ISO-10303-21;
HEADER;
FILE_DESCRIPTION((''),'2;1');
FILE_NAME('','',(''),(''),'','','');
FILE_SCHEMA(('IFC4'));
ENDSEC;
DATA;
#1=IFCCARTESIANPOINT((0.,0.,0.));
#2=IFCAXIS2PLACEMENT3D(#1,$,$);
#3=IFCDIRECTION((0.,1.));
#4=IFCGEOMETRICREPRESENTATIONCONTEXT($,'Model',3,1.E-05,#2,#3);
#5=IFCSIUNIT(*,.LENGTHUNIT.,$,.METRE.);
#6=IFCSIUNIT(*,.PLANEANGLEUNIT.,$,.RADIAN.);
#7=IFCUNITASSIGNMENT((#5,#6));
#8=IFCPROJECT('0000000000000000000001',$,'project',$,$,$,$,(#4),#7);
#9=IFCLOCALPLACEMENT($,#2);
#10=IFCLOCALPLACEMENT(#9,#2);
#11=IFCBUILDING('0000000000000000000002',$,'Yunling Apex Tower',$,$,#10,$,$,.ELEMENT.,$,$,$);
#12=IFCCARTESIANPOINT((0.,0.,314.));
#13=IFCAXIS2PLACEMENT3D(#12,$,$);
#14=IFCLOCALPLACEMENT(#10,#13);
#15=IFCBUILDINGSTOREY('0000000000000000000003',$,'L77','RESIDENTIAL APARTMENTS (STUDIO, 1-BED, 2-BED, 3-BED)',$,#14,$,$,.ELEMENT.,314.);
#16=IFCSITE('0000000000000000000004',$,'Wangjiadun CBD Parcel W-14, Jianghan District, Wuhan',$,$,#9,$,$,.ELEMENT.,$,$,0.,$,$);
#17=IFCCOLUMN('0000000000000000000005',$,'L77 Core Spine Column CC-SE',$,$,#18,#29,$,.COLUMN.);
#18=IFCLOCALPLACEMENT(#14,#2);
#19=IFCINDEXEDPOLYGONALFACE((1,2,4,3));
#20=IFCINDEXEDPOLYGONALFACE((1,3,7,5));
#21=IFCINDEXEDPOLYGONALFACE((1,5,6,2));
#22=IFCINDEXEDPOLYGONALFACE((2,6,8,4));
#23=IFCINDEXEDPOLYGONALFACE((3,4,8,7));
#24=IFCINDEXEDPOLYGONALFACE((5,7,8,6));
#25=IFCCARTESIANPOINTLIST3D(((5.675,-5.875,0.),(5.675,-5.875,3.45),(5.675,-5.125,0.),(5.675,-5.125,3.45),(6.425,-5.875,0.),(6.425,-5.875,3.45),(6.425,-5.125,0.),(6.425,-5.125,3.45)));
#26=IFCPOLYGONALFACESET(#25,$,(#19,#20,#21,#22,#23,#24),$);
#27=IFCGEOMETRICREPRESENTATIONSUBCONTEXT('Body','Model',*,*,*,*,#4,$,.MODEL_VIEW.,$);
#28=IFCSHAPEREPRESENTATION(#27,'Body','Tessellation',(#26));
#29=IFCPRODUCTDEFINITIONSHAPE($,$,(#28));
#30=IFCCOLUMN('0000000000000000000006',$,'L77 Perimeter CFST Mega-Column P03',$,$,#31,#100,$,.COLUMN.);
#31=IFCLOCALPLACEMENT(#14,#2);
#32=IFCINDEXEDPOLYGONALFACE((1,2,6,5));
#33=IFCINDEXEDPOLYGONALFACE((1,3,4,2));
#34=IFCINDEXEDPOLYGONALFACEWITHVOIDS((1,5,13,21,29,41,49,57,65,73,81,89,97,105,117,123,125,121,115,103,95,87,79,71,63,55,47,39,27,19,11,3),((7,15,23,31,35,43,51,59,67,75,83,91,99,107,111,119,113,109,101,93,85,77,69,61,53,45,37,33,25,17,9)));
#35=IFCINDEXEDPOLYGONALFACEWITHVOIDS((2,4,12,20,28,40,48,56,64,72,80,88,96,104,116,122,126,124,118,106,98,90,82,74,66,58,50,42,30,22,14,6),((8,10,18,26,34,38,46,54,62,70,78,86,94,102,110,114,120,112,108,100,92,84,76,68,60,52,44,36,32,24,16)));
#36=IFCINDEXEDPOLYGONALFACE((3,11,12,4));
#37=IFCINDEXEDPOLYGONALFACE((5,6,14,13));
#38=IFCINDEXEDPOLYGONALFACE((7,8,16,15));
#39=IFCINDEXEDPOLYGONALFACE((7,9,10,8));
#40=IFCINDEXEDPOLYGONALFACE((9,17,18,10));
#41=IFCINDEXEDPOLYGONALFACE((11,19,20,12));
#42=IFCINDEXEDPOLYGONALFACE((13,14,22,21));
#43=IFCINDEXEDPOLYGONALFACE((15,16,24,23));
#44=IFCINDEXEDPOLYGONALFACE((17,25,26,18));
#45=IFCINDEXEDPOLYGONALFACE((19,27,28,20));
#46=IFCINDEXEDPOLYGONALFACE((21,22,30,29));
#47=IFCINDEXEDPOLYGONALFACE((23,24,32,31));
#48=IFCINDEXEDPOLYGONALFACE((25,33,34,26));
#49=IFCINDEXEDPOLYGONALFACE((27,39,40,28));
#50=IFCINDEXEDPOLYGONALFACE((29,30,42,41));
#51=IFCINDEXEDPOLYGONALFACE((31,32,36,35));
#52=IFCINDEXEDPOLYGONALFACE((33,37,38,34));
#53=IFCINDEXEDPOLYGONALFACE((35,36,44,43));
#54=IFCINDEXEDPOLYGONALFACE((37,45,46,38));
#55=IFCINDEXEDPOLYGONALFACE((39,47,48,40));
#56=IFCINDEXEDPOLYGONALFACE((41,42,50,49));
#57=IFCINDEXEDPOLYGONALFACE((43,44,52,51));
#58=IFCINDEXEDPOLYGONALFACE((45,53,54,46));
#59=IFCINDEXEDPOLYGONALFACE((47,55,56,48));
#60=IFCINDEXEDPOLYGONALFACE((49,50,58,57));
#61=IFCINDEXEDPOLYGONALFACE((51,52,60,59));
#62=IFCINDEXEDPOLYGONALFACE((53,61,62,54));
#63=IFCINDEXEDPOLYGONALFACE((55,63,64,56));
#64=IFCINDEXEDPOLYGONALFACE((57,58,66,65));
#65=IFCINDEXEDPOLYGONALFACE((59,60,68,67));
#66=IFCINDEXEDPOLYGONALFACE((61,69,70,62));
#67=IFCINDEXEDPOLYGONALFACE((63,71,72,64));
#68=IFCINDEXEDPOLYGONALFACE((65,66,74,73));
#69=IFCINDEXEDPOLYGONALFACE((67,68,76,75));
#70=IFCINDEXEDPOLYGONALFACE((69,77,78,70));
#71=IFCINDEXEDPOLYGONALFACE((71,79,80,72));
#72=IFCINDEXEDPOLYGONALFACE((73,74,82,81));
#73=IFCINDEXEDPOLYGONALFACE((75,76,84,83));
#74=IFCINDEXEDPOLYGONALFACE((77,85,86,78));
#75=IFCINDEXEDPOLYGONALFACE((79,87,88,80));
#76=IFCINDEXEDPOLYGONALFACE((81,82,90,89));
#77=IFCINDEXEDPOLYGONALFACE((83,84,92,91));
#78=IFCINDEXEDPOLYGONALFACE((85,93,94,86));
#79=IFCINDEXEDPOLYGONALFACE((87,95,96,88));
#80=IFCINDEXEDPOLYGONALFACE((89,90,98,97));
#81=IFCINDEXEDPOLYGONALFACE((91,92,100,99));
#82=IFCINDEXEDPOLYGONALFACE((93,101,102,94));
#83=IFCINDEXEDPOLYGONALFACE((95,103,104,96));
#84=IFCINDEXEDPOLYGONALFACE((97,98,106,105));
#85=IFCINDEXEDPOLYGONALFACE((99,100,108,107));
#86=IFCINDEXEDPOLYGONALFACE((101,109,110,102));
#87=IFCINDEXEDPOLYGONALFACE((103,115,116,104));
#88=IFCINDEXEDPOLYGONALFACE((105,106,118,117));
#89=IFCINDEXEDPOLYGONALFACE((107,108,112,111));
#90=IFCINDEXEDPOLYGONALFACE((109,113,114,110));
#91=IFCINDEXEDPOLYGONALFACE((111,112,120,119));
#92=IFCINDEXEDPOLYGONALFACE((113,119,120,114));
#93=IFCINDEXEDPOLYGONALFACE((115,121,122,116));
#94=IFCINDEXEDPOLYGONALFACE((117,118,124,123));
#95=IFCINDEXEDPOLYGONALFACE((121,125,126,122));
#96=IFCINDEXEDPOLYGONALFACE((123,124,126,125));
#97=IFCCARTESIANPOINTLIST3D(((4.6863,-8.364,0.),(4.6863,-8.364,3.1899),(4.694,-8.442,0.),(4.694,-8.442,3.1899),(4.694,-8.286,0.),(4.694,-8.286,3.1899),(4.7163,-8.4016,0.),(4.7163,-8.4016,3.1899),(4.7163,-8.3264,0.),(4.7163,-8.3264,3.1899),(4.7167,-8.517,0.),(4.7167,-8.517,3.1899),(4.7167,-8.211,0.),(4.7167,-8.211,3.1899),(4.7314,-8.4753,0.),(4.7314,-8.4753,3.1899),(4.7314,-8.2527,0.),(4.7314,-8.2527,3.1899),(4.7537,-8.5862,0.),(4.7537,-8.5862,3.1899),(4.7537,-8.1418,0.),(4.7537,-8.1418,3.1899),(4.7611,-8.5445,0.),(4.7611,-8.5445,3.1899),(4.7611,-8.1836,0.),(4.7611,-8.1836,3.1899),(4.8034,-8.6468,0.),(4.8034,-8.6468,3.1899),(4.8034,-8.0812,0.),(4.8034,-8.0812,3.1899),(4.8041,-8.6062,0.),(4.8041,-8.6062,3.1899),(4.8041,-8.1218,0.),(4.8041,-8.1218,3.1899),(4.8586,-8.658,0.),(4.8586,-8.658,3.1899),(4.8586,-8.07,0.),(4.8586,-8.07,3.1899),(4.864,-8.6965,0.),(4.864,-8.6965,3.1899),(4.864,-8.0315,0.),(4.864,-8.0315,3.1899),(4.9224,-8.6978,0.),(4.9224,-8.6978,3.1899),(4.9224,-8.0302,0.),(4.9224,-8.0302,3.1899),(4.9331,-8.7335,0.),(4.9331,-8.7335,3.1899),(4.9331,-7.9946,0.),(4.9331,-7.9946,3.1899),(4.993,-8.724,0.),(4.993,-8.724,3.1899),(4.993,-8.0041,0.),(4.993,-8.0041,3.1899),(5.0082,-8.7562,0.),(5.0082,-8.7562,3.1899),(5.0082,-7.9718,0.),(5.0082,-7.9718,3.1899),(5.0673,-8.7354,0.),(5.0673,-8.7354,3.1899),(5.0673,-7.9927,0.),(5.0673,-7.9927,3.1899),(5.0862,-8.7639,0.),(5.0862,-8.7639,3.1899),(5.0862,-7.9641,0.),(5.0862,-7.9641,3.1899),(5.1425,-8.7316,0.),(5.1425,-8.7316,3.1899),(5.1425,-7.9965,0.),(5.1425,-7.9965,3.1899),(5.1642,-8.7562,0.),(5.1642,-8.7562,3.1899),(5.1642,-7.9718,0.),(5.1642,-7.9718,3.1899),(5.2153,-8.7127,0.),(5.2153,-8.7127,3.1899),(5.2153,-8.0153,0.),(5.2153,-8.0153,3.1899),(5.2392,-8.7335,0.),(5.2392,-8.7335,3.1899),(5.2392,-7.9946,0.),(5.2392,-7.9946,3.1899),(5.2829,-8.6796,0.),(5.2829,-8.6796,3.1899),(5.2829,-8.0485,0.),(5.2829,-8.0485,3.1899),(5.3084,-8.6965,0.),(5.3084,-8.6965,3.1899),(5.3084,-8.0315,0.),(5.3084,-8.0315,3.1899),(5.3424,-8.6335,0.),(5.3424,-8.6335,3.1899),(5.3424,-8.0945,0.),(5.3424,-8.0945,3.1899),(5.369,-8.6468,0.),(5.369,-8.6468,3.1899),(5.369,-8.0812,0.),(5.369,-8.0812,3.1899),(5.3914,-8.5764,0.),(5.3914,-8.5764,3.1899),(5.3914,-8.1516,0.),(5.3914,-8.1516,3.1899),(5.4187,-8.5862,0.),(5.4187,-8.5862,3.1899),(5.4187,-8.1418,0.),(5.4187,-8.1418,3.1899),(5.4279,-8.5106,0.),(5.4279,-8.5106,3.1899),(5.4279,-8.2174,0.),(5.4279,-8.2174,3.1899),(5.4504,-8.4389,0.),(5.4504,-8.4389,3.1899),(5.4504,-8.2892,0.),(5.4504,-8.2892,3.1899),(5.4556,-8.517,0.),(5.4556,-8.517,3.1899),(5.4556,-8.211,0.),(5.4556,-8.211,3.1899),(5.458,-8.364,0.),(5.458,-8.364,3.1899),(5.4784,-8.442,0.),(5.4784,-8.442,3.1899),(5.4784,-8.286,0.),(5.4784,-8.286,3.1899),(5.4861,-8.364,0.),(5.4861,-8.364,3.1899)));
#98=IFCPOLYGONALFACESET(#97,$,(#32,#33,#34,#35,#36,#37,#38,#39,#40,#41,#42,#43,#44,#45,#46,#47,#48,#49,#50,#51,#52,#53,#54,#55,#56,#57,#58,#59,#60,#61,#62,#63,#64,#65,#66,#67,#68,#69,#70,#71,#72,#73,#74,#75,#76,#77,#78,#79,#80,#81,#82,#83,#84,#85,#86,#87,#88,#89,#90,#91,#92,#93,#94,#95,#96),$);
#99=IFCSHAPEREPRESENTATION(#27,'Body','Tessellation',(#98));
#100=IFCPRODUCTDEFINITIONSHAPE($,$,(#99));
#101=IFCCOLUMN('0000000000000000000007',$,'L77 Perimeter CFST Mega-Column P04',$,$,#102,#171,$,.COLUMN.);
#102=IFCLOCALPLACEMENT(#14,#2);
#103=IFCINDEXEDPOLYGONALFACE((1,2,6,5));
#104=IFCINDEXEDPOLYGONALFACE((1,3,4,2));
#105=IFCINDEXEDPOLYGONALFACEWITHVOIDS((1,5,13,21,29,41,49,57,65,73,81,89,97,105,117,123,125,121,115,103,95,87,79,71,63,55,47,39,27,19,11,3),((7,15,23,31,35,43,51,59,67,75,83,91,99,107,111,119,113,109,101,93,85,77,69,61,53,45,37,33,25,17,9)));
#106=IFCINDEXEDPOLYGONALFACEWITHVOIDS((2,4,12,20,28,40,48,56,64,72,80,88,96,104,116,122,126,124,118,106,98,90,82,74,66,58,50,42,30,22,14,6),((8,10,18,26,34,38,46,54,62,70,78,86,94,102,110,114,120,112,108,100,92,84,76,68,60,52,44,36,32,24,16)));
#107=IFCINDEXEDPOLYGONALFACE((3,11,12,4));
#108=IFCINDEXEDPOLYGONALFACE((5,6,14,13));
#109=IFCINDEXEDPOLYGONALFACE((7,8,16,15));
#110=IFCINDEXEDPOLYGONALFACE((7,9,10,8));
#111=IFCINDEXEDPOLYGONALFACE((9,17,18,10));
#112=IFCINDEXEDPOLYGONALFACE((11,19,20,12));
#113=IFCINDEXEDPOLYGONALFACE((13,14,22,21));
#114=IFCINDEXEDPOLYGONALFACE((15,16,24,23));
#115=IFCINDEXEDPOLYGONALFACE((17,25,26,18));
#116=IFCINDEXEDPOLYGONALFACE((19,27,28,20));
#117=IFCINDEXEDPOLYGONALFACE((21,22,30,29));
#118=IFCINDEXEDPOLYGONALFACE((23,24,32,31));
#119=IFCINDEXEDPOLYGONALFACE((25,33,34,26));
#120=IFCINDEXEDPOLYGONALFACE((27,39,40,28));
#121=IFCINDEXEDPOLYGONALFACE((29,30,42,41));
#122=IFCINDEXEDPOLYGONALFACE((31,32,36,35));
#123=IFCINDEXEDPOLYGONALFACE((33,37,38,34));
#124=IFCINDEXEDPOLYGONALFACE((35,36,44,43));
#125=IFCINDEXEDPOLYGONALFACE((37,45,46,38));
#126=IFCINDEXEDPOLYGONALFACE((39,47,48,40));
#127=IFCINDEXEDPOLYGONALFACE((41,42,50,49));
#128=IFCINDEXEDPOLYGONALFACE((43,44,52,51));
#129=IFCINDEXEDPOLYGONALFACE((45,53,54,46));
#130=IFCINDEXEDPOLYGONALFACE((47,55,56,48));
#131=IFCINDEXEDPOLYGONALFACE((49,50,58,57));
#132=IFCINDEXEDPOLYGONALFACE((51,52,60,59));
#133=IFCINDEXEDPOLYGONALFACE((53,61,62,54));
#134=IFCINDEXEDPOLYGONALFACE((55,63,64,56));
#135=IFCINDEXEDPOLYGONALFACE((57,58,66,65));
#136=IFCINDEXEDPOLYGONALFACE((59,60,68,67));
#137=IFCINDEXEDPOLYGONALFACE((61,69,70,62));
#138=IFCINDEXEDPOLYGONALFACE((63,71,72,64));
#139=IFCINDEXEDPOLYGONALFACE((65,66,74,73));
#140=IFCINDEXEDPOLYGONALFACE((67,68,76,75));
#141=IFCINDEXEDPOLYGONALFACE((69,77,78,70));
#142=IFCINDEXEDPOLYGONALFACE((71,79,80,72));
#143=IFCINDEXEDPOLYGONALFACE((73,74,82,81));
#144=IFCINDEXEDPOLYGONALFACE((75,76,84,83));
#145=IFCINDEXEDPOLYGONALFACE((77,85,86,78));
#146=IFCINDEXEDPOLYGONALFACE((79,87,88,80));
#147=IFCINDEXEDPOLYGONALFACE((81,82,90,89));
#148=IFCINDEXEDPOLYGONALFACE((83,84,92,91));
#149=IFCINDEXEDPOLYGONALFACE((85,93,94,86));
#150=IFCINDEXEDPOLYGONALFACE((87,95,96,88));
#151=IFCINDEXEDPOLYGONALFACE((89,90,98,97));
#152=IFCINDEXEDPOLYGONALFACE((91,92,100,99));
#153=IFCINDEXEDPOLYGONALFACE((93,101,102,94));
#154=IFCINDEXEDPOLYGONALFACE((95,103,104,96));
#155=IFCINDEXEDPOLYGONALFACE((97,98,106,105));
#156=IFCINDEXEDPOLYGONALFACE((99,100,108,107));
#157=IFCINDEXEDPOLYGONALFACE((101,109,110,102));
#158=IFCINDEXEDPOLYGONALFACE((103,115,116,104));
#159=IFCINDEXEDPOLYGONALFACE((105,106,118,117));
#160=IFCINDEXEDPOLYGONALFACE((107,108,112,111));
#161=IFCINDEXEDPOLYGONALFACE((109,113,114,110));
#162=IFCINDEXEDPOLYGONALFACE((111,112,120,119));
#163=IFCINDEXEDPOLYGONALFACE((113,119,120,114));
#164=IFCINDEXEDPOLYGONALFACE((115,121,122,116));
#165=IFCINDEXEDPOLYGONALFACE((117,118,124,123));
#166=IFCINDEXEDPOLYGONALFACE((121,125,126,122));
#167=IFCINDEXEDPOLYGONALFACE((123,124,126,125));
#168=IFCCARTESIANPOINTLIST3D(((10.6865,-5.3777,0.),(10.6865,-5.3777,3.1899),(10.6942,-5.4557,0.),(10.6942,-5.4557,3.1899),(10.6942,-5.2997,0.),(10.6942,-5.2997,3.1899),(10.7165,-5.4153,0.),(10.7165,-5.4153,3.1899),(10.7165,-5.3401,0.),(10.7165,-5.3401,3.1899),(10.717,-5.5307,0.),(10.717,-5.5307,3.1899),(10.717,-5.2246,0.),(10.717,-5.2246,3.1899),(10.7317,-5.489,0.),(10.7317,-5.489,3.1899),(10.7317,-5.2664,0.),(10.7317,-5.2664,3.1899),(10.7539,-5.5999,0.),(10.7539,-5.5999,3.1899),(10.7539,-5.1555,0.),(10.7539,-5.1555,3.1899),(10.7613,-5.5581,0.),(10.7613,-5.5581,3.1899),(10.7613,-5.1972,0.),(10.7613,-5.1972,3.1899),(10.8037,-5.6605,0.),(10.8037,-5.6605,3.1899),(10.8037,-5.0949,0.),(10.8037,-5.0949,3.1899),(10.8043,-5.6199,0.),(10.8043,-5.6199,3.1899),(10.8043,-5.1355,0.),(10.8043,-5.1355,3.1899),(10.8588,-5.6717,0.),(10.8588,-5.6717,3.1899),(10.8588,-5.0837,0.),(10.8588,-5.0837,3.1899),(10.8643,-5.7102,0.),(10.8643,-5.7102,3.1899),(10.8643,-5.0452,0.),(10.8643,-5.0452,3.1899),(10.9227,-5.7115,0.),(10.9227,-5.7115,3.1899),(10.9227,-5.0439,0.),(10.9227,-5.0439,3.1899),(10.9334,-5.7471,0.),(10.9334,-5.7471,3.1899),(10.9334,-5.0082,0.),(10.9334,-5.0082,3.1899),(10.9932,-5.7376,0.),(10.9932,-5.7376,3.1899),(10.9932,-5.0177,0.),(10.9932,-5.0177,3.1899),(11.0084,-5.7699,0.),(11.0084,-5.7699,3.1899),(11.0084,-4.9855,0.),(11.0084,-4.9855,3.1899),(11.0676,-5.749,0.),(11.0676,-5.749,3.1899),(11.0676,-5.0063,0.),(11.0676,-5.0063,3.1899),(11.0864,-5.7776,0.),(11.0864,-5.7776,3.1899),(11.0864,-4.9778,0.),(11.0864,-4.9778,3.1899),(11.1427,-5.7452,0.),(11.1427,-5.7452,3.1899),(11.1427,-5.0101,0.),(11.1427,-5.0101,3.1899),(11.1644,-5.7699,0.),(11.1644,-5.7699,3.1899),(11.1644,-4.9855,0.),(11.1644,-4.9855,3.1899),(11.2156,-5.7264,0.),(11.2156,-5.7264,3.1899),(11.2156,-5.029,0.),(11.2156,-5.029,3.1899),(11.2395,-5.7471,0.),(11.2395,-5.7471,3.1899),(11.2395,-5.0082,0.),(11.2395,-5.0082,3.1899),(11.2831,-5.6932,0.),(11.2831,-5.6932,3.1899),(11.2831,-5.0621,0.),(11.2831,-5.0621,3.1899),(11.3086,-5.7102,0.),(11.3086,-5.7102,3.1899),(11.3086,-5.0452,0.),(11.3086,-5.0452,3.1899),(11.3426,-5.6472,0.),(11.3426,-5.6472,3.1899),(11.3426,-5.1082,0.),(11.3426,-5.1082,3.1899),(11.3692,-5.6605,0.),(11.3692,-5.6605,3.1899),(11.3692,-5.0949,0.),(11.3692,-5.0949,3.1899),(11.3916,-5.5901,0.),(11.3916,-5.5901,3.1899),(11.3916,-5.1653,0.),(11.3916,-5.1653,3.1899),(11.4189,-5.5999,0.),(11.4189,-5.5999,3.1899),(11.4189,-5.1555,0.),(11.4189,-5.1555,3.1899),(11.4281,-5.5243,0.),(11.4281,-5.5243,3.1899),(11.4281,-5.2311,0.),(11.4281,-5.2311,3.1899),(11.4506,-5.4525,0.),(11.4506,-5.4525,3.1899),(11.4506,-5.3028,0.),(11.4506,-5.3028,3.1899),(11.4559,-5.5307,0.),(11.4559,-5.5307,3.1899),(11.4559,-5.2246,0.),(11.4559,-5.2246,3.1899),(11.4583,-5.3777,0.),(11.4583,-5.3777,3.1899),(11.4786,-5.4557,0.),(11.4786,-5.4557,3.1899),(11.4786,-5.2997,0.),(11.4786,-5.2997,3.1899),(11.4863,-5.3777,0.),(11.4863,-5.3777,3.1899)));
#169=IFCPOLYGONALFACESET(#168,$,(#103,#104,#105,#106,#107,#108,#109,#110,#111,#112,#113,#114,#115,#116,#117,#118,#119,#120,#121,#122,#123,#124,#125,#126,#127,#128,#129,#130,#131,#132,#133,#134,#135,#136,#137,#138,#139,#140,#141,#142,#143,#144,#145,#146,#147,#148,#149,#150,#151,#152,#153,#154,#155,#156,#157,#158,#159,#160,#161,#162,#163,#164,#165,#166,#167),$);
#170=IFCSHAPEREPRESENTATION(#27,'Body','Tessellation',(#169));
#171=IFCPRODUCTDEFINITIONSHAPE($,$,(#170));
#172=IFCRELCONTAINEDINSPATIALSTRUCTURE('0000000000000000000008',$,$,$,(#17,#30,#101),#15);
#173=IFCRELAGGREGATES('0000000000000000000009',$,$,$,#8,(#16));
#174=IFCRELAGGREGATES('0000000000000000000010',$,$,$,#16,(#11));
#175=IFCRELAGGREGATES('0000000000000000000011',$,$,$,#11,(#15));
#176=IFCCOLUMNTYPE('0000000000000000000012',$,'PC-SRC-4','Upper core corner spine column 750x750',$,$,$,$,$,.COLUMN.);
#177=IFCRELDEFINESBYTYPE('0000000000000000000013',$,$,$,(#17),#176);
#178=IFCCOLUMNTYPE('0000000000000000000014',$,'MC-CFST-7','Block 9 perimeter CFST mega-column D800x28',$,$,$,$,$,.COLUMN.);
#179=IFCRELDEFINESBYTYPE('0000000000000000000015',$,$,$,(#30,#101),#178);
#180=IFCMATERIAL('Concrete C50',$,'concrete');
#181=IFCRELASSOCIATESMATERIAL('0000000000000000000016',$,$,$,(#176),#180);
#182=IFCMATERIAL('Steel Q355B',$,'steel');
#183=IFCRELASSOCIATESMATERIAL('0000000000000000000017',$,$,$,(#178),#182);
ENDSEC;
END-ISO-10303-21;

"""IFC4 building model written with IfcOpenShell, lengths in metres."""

from ifc_helpers import new_model, si_unit, direction, frame, origin, origin_2d, place, context, subcontext, project, spatial, rectangle, hollow_circle, extrude, source, transform, mapped, material, material_profile, profile_set, type_object, element, save


model = new_model("IFC4")

# Units and contexts
model_context = context("Model", 3, precision=1e-05, world=origin(), true_north=direction((0.0, 1.0)))
body_context = subcontext(model_context, "Body", "Model", "MODEL_VIEW")
ifc_project = project(units=[si_unit("LENGTHUNIT", "METRE"), si_unit("PLANEANGLEUNIT", "RADIAN")], contexts=[model_context])

# Site, building, storey
site_placement = place(None, origin())
site = spatial("IfcSite", under=ifc_project, at=site_placement, Name="Wangjiadun CBD Parcel W-14, Jianghan District, Wuhan", CompositionType="ELEMENT", RefElevation=0.0)
building_placement = place(site_placement, origin())
building = spatial("IfcBuilding", under=site, at=building_placement, Name="Yunling Apex Tower", CompositionType="ELEMENT")
storey_placement = place(building_placement, frame((0.0, 0.0, 314.0)))
storey = spatial("IfcBuildingStorey", under=building, at=storey_placement, Name="L77", Description="RESIDENTIAL APARTMENTS (STUDIO, 1-BED, 2-BED, 3-BED)", CompositionType="ELEMENT", Elevation=314.0)

# Columns
ifc_material_1 = material(Name="Concrete C50", Category="concrete")
ifc_material_profile_1 = material_profile(ifc_material_1, rectangle(XDim=0.75, YDim=0.75, at=origin_2d()))
ifc_profile_set_1 = profile_set([ifc_material_profile_1], Name="Concrete C50")
column_type_1 = type_object("IfcColumnType", Name="PC-SRC-4", Description="Upper core corner spine column 750x750", PredefinedType="COLUMN", material=ifc_profile_set_1)
shared_shape_1 = source(origin(), body_context, "Body", "SweptSolid", [
    extrude(rectangle(XDim=0.75, YDim=0.75, at=origin_2d()), origin(), (0.0, 0.0, 1.0), 3.45),
])
column_placement = place(storey_placement, frame((6.05, -5.5, 0.0), z_axis=(0.0, 0.0, 1.0), x_axis=(1.0, 0.0, 0.0)))
element("IfcColumn", 1, at=column_placement, inside=storey, type_object=column_type_1, Name="L77 Core Spine Column CC-SE", PredefinedType="COLUMN", context=body_context, shape_type="MappedRepresentation", body=[
    mapped(shared_shape_1, transform((0.0, 0.0, 0.0), scale=1.0)),
])
ifc_material_2 = material(Name="Steel Q355B", Category="steel")
ifc_material_profile_2 = material_profile(ifc_material_2, hollow_circle(Radius=0.3999, WallThickness=0.0281, at=origin_2d()))
ifc_profile_set_2 = profile_set([ifc_material_profile_2], Name="Steel Q355B")
column_type_2 = type_object("IfcColumnType", Name="MC-CFST-7", Description="Block 9 perimeter CFST mega-column D800x28", PredefinedType="COLUMN", material=ifc_profile_set_2)
shared_shape_2 = source(origin(), body_context, "Body", "SweptSolid", [
    extrude(hollow_circle(Radius=0.3999, WallThickness=0.0281, at=origin_2d()), origin(), (0.0, 0.0, 1.0), 3.1899),
])
for number, where, z_axis, x_axis, name in (
    (2, (5.0862, -8.364, 0.0), (0.0, 0.0, 1.0), (1.0, 0.0, 0.0), "L77 Perimeter CFST Mega-Column P03"),
    (3, (11.0864, -5.3777, 0.0), (0.0, 0.0, 1.0), (1.0, 0.0, 0.0), "L77 Perimeter CFST Mega-Column P04"),
):
    element("IfcColumn", number, at=place(storey_placement, frame(where, z_axis=z_axis, x_axis=x_axis)), inside=storey, type_object=column_type_2, Name=name, PredefinedType="COLUMN", context=body_context, shape_type="MappedRepresentation", body=[
        mapped(shared_shape_2, transform((0.0, 0.0, 0.0), scale=1.0)),
    ])

save(model, "model.ifc")
